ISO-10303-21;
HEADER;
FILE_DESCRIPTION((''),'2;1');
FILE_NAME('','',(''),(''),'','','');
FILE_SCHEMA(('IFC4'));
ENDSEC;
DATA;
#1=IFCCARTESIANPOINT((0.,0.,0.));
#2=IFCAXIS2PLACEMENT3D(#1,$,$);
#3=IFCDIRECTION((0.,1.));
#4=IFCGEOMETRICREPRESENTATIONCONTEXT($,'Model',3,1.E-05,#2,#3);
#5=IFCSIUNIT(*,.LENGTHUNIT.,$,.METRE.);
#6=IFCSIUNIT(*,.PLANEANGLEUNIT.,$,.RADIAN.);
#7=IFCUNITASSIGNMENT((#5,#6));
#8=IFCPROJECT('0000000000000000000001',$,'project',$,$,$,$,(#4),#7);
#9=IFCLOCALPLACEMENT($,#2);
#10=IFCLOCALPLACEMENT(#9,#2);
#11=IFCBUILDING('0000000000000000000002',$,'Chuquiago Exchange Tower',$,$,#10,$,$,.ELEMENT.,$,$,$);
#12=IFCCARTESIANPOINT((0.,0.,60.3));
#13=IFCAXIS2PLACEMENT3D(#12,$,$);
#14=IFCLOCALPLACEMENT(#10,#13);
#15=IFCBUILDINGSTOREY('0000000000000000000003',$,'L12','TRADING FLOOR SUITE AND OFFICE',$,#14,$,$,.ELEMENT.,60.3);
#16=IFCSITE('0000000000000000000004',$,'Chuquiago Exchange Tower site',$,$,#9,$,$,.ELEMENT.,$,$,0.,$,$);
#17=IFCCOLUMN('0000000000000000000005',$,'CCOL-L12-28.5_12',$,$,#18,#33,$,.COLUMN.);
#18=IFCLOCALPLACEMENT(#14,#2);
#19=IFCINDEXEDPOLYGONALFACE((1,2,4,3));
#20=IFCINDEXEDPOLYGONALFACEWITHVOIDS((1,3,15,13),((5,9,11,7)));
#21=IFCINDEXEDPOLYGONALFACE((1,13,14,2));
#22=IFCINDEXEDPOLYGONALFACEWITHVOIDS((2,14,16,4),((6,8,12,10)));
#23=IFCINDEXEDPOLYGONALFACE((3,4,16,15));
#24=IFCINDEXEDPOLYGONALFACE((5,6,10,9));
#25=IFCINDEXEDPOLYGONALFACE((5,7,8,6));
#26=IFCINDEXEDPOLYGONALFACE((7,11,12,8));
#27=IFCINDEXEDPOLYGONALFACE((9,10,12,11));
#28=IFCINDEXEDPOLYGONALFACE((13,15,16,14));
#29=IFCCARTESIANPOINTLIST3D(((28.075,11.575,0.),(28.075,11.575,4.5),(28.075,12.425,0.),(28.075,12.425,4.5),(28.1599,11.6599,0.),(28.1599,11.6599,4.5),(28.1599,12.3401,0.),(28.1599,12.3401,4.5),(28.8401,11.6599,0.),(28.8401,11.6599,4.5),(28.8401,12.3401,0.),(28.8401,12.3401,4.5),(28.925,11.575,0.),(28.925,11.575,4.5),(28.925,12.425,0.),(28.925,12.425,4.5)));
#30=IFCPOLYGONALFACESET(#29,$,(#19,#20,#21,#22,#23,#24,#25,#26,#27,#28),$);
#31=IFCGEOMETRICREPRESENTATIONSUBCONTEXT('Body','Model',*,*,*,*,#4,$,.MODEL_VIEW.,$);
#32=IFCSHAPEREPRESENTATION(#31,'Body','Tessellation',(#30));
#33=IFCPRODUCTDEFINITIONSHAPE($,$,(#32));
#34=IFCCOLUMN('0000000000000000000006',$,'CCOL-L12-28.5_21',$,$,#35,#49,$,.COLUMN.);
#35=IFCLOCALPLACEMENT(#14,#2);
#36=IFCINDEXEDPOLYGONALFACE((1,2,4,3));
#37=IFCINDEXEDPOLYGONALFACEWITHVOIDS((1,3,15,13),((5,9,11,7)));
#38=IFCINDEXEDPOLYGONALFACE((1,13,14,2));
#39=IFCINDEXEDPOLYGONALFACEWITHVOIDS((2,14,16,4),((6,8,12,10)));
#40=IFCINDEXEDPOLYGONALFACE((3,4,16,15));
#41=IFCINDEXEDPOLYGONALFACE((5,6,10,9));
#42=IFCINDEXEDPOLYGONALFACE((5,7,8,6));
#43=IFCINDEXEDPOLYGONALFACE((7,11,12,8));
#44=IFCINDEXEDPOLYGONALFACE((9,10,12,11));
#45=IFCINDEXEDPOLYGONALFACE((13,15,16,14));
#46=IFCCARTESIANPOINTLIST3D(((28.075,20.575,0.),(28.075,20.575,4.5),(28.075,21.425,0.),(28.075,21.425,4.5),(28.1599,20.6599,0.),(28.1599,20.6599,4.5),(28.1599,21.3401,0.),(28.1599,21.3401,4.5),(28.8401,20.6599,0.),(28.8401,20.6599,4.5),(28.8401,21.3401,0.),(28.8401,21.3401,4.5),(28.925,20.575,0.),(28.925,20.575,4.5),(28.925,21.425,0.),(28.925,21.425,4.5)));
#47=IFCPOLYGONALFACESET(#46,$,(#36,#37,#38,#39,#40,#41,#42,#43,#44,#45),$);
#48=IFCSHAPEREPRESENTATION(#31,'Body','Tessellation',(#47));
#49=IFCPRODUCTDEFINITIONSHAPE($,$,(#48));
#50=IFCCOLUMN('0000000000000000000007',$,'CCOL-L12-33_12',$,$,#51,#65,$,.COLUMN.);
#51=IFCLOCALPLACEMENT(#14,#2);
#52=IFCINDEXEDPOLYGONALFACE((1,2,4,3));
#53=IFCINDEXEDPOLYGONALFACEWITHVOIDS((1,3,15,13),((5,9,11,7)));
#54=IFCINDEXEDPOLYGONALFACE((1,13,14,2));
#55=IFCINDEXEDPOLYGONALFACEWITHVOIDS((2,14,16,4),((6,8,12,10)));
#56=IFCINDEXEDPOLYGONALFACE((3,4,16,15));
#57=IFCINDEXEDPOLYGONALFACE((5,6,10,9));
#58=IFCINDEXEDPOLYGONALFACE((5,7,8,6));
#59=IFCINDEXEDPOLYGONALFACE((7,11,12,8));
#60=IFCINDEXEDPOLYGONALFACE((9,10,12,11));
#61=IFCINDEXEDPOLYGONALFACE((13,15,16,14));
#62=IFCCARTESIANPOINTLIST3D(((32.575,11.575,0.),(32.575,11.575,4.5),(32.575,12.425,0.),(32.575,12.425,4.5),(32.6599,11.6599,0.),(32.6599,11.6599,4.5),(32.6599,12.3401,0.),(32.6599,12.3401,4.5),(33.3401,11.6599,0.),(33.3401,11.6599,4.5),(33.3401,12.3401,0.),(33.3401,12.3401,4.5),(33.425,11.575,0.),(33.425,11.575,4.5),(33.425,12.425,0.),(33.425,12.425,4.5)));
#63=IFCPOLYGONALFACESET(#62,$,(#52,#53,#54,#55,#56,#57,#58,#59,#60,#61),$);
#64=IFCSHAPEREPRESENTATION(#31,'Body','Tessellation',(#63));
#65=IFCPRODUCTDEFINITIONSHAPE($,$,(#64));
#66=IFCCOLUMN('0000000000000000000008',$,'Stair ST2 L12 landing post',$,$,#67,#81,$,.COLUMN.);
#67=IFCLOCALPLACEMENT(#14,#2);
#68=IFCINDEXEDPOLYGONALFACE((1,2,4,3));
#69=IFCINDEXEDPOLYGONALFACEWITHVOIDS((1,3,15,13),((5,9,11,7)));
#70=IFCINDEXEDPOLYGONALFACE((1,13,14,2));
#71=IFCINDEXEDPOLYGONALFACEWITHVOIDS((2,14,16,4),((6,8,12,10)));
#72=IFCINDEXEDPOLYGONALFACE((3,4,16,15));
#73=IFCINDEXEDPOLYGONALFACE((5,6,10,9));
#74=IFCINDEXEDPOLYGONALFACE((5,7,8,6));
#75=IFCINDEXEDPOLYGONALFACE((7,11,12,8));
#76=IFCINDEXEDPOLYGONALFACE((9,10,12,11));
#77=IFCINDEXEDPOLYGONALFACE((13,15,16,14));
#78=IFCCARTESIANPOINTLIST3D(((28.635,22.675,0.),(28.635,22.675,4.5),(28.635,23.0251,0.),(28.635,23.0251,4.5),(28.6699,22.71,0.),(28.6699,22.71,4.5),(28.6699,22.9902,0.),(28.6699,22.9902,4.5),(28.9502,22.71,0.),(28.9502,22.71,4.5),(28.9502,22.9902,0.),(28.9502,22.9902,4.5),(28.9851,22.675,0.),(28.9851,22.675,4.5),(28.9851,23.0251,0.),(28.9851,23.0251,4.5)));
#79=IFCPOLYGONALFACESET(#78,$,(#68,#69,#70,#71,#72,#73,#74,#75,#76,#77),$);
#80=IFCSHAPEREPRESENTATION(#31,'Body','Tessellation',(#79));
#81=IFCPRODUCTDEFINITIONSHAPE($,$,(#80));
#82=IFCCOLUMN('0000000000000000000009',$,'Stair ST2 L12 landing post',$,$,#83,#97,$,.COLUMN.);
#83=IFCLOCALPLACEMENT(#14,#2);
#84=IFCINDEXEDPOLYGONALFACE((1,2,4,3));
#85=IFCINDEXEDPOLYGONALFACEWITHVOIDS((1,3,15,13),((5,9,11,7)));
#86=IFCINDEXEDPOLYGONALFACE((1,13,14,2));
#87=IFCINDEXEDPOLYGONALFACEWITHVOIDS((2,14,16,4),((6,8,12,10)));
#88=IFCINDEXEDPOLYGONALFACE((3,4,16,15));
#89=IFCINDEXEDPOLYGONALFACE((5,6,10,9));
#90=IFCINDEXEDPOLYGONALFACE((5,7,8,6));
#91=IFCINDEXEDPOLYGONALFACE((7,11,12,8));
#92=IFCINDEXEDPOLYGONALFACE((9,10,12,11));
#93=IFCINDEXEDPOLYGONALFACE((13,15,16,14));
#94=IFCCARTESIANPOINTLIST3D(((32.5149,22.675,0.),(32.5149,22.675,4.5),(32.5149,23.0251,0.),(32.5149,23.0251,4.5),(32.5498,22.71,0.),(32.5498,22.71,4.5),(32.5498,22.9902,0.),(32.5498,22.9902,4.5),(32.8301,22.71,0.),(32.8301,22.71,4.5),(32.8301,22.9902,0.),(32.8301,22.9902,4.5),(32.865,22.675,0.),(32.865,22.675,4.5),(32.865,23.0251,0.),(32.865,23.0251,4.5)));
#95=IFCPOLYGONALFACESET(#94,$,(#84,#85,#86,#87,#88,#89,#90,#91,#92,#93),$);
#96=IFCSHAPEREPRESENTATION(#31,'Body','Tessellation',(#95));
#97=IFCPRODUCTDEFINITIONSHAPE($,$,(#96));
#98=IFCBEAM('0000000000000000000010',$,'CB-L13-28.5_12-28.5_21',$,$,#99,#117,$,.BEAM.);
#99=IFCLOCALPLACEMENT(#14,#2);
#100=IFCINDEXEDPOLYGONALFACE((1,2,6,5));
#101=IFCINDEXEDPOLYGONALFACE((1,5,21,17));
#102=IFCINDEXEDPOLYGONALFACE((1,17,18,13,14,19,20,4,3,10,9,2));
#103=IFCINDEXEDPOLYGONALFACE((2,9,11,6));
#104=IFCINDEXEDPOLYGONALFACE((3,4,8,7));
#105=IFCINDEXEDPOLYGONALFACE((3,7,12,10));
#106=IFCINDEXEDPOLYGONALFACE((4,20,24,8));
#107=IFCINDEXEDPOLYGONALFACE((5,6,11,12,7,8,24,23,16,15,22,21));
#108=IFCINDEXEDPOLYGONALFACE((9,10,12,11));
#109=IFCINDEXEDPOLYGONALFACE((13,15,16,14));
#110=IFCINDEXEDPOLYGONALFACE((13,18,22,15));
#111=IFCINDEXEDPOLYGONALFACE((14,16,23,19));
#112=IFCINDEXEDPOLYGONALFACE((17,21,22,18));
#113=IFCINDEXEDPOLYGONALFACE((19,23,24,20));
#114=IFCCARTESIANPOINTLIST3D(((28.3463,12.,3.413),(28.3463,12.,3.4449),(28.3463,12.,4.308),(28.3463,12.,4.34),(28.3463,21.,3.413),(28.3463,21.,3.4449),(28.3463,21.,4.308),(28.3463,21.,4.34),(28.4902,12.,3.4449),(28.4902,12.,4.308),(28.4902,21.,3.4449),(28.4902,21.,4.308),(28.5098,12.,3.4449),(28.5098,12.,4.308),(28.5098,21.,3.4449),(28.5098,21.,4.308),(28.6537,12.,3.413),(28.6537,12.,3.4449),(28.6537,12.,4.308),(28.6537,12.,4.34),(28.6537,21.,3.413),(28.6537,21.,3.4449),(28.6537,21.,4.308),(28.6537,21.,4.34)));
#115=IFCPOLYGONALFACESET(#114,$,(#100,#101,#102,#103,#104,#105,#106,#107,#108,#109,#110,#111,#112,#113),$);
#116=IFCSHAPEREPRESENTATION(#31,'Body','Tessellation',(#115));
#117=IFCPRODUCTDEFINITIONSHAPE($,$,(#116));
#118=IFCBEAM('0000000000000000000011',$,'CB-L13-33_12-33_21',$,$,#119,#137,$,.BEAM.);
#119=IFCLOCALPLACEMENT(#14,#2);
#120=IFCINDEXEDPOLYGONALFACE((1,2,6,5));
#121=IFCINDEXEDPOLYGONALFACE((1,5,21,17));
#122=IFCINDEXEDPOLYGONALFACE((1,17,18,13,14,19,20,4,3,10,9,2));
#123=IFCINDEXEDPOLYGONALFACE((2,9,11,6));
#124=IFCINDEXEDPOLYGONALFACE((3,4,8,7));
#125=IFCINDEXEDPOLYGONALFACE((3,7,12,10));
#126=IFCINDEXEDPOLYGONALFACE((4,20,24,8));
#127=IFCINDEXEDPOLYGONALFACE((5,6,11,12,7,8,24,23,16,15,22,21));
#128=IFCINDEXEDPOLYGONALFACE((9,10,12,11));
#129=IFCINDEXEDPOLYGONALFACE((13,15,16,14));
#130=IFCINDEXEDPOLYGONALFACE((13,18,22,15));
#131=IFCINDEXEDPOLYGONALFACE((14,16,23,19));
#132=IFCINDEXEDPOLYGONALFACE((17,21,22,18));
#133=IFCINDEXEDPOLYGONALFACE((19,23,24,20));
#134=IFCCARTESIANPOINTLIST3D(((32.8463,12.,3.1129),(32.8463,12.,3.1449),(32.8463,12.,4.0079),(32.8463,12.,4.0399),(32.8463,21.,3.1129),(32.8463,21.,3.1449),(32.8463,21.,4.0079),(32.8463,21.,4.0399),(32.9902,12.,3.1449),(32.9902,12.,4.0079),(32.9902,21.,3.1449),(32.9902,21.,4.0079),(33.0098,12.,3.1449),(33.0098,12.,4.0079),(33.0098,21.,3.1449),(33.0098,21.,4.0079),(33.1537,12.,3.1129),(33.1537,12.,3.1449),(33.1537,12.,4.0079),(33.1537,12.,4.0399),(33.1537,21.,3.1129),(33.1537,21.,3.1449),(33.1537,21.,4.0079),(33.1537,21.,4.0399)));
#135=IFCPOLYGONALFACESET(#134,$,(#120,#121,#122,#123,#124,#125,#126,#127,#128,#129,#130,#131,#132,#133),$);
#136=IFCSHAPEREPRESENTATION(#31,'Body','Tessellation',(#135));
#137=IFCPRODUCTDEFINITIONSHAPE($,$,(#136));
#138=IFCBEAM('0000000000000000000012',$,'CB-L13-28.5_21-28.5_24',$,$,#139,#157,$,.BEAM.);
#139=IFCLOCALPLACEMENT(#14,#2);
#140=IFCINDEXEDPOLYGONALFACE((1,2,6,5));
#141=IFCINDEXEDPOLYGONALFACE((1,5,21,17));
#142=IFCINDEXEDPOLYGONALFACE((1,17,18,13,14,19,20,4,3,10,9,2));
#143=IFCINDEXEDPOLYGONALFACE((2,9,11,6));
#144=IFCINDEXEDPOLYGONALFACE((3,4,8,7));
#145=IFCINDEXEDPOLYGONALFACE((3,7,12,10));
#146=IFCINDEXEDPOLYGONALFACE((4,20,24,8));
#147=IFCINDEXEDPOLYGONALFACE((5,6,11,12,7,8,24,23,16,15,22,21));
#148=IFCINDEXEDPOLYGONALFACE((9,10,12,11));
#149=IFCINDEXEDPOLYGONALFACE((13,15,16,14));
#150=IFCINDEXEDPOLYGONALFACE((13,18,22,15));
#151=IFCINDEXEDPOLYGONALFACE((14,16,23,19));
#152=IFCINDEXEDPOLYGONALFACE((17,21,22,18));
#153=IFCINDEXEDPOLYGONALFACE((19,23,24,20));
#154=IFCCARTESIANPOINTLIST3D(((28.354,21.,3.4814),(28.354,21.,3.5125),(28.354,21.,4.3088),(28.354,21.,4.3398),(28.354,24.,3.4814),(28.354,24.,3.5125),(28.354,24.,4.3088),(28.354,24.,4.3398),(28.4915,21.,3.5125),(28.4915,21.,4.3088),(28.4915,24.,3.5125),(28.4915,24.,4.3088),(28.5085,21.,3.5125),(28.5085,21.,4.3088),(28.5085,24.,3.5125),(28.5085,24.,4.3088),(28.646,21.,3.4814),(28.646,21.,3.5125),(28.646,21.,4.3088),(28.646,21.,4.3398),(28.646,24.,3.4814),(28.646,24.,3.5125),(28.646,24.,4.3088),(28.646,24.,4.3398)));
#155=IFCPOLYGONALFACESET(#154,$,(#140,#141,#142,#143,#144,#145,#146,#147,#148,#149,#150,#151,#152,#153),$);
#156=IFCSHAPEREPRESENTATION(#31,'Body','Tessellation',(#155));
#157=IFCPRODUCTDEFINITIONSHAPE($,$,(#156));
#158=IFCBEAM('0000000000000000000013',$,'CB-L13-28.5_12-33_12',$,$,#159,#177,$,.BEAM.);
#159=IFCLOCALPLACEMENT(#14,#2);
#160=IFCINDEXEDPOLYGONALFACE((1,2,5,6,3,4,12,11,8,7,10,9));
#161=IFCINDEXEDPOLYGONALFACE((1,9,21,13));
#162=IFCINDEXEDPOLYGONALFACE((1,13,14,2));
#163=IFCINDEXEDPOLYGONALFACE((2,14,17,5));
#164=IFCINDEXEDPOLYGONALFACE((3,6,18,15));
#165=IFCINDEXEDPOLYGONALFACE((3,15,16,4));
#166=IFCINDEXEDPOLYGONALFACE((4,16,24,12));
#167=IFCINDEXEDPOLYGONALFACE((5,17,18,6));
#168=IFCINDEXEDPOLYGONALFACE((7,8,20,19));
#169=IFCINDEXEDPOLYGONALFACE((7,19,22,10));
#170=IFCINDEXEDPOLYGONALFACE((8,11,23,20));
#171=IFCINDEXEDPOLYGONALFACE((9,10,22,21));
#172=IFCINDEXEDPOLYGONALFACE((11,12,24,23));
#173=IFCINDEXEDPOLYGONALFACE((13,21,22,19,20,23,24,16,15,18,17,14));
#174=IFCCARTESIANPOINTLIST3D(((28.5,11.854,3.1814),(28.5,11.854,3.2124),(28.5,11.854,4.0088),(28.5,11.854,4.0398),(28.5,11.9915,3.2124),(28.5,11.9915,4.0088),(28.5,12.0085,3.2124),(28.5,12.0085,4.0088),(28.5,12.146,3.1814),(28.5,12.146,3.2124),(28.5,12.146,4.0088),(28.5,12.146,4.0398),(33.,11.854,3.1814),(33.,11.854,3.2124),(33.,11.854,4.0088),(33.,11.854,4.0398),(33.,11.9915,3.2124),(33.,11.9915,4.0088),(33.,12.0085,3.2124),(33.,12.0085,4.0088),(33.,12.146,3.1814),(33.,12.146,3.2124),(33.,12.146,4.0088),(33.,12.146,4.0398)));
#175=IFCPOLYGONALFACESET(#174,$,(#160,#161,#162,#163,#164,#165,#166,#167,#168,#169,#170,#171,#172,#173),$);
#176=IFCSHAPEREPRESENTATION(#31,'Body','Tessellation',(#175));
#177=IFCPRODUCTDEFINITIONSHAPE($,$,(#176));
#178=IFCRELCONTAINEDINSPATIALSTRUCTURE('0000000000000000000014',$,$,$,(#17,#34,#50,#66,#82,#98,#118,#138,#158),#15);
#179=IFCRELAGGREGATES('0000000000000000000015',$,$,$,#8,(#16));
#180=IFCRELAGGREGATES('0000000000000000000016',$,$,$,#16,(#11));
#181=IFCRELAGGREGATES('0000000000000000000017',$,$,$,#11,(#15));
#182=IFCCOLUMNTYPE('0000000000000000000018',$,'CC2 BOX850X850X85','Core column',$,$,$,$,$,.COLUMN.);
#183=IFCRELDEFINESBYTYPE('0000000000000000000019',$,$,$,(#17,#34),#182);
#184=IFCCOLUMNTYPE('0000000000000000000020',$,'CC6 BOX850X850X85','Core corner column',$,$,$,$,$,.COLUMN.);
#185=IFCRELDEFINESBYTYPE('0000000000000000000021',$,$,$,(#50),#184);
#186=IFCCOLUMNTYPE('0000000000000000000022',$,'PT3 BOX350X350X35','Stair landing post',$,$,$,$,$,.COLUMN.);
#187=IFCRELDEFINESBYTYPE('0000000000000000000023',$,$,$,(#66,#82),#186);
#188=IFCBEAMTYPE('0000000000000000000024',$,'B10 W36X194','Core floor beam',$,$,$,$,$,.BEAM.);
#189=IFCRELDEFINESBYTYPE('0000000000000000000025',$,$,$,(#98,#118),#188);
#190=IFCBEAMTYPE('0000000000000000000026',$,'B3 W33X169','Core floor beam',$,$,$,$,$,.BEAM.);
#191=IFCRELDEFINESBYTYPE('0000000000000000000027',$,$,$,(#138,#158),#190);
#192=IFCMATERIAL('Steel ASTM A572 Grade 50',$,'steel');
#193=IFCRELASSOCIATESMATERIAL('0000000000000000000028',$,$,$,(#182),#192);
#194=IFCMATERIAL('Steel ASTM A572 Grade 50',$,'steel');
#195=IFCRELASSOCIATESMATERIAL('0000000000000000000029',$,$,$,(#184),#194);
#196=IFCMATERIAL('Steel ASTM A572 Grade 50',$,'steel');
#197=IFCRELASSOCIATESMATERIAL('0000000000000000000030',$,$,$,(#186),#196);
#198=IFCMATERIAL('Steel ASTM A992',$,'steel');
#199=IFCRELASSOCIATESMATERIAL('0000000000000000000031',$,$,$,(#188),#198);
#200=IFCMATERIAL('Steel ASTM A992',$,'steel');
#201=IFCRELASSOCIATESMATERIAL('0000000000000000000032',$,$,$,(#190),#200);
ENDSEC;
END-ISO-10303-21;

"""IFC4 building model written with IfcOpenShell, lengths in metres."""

from ifc_helpers import new_model, si_unit, direction, frame, origin, origin_2d, place, context, subcontext, project, spatial, hollow_rectangle, i_section, extrude, material, material_profile, profile_set, type_object, element, save


model = new_model("IFC4")

# Units and contexts
model_context = context("Model", 3, precision=1e-05, world=origin(), true_north=direction((0.0, 1.0)))
body_context = subcontext(model_context, "Body", "Model", "MODEL_VIEW")
ifc_project = project(units=[si_unit("LENGTHUNIT", "METRE"), si_unit("PLANEANGLEUNIT", "RADIAN")], contexts=[model_context])

# Site, building, storey
site_placement = place(None, origin())
site = spatial("IfcSite", under=ifc_project, at=site_placement, Name="Chuquiago Exchange Tower site", CompositionType="ELEMENT", RefElevation=0.0)
building_placement = place(site_placement, origin())
building = spatial("IfcBuilding", under=site, at=building_placement, Name="Chuquiago Exchange Tower", CompositionType="ELEMENT")
storey_placement = place(building_placement, frame((0.0, 0.0, 60.3)))
storey = spatial("IfcBuildingStorey", under=building, at=storey_placement, Name="L12", Description="TRADING FLOOR SUITE AND OFFICE", CompositionType="ELEMENT", Elevation=60.3)

# Columns
ifc_material_1 = material(Name="Steel ASTM A572 Grade 50", Category="steel")
ifc_material_profile_1 = material_profile(ifc_material_1, hollow_rectangle(XDim=0.8501, YDim=0.8501, WallThickness=0.085, at=origin_2d()), Name="BOX850X850X85")
ifc_profile_set_1 = profile_set([ifc_material_profile_1], Name="Steel ASTM A572 Grade 50")
column_type_1 = type_object("IfcColumnType", Name="CC2 BOX850X850X85", Description="Core column", PredefinedType="COLUMN", material=ifc_profile_set_1)
for number, where, z_axis, x_axis, name in (
    (1, (28.5, 12.0, 0.0), (0.0, 0.0, 1.0), (1.0, 0.0, 0.0), "CCOL-L12-28.5_12"),
    (2, (28.5, 21.0, 0.0), (0.0, 0.0, 1.0), (1.0, 0.0, 0.0), "CCOL-L12-28.5_21"),
):
    element("IfcColumn", number, at=place(storey_placement, frame(where, z_axis=z_axis, x_axis=x_axis)), inside=storey, type_object=column_type_1, Name=name, PredefinedType="COLUMN", context=body_context, shape_type="SweptSolid", body=[
        extrude(hollow_rectangle(XDim=0.8501, YDim=0.8501, WallThickness=0.085, at=origin_2d()), origin(), (0.0, 0.0, 1.0), 4.5),
    ])
ifc_material_2 = material(Name="Steel ASTM A572 Grade 50", Category="steel")
ifc_material_profile_2 = material_profile(ifc_material_2, hollow_rectangle(XDim=0.8501, YDim=0.8501, WallThickness=0.085, at=origin_2d()), Name="BOX850X850X85")
ifc_profile_set_2 = profile_set([ifc_material_profile_2], Name="Steel ASTM A572 Grade 50")
column_type_2 = type_object("IfcColumnType", Name="CC6 BOX850X850X85", Description="Core corner column", PredefinedType="COLUMN", material=ifc_profile_set_2)
column_placement = place(storey_placement, frame((33.0, 12.0, 0.0), z_axis=(0.0, 0.0, 1.0), x_axis=(1.0, 0.0, 0.0)))
element("IfcColumn", 3, at=column_placement, inside=storey, type_object=column_type_2, Name="CCOL-L12-33_12", PredefinedType="COLUMN", context=body_context, shape_type="SweptSolid", body=[
    extrude(hollow_rectangle(XDim=0.8501, YDim=0.8501, WallThickness=0.085, at=origin_2d()), origin(), (0.0, 0.0, 1.0), 4.5),
])
ifc_material_3 = material(Name="Steel ASTM A572 Grade 50", Category="steel")
ifc_material_profile_3 = material_profile(ifc_material_3, hollow_rectangle(XDim=0.3501, YDim=0.3501, WallThickness=0.0349, at=origin_2d()), Name="BOX350X350X35")
ifc_profile_set_3 = profile_set([ifc_material_profile_3], Name="Steel ASTM A572 Grade 50")
column_type_3 = type_object("IfcColumnType", Name="PT3 BOX350X350X35", Description="Stair landing post", PredefinedType="COLUMN", material=ifc_profile_set_3)
for number, where, z_axis, x_axis, name in (
    (4, (28.8101, 22.8501, 0.0), (0.0, 0.0, 1.0), (1.0, 0.0, 0.0), "Stair ST2 L12 landing post"),
    (5, (32.6899, 22.8501, 0.0), (0.0, 0.0, 1.0), (1.0, 0.0, 0.0), "Stair ST2 L12 landing post"),
):
    element("IfcColumn", number, at=place(storey_placement, frame(where, z_axis=z_axis, x_axis=x_axis)), inside=storey, type_object=column_type_3, Name=name, PredefinedType="COLUMN", context=body_context, shape_type="SweptSolid", body=[
        extrude(hollow_rectangle(XDim=0.3501, YDim=0.3501, WallThickness=0.0349, at=origin_2d()), origin(), (0.0, 0.0, 1.0), 4.5),
    ])

# Beams
ifc_material_4 = material(Name="Steel ASTM A992", Category="steel")
ifc_material_profile_4 = material_profile(ifc_material_4, i_section(OverallWidth=0.3074, OverallDepth=0.927, WebThickness=0.0195, FlangeThickness=0.032, at=origin_2d()), Name="W36X194")
ifc_profile_set_4 = profile_set([ifc_material_profile_4], Name="Steel ASTM A992")
beam_type_1 = type_object("IfcBeamType", Name="B10 W36X194", Description="Core floor beam", PredefinedType="BEAM", material=ifc_profile_set_4)
for number, where, z_axis, x_axis, name in (
    (6, (28.5, 12.0, 3.8765), (0.0, 1.0, 0.0), (-1.0, 0.0, 0.0), "CB-L13-28.5_12-28.5_21"),
    (7, (33.0, 12.0, 3.5764), (0.0, 1.0, 0.0), (-1.0, 0.0, 0.0), "CB-L13-33_12-33_21"),
):
    element("IfcBeam", number, at=place(storey_placement, frame(where, z_axis=z_axis, x_axis=x_axis)), inside=storey, type_object=beam_type_1, Name=name, PredefinedType="BEAM", context=body_context, shape_type="SweptSolid", body=[
        extrude(i_section(OverallWidth=0.3074, OverallDepth=0.927, WebThickness=0.0195, FlangeThickness=0.032, at=origin_2d()), origin(), (0.0, 0.0, 1.0), 9.0),
    ])
ifc_material_5 = material(Name="Steel ASTM A992", Category="steel")
ifc_material_profile_5 = material_profile(ifc_material_5, i_section(OverallWidth=0.292, OverallDepth=0.8584, WebThickness=0.0171, FlangeThickness=0.031, at=origin_2d()), Name="W33X169")
ifc_profile_set_5 = profile_set([ifc_material_profile_5], Name="Steel ASTM A992")
beam_type_2 = type_object("IfcBeamType", Name="B3 W33X169", Description="Core floor beam", PredefinedType="BEAM", material=ifc_profile_set_5)
beam_placement = place(storey_placement, frame((28.5, 21.0, 3.9106), z_axis=(0.0, 1.0, 0.0), x_axis=(-1.0, 0.0, 0.0)))
element("IfcBeam", 8, at=beam_placement, inside=storey, type_object=beam_type_2, Name="CB-L13-28.5_21-28.5_24", PredefinedType="BEAM", context=body_context, shape_type="SweptSolid", body=[
    extrude(i_section(OverallWidth=0.292, OverallDepth=0.8584, WebThickness=0.0171, FlangeThickness=0.031, at=origin_2d()), origin(), (0.0, 0.0, 1.0), 3.0),
])
for number, where, z_axis, x_axis, name in (
    (9, (28.5, 12.0, 3.6106), (1.0, 0.0, 0.0), (0.0, 1.0, 0.0), "CB-L13-28.5_12-33_12"),
):
    element("IfcBeam", number, at=place(storey_placement, frame(where, z_axis=z_axis, x_axis=x_axis)), inside=storey, type_object=beam_type_2, Name=name, PredefinedType="BEAM", context=body_context, shape_type="SweptSolid", body=[
        extrude(i_section(OverallWidth=0.292, OverallDepth=0.8584, WebThickness=0.0171, FlangeThickness=0.031, at=origin_2d()), origin(), (0.0, 0.0, 1.0), 4.5),
    ])

save(model, "model.ifc")
